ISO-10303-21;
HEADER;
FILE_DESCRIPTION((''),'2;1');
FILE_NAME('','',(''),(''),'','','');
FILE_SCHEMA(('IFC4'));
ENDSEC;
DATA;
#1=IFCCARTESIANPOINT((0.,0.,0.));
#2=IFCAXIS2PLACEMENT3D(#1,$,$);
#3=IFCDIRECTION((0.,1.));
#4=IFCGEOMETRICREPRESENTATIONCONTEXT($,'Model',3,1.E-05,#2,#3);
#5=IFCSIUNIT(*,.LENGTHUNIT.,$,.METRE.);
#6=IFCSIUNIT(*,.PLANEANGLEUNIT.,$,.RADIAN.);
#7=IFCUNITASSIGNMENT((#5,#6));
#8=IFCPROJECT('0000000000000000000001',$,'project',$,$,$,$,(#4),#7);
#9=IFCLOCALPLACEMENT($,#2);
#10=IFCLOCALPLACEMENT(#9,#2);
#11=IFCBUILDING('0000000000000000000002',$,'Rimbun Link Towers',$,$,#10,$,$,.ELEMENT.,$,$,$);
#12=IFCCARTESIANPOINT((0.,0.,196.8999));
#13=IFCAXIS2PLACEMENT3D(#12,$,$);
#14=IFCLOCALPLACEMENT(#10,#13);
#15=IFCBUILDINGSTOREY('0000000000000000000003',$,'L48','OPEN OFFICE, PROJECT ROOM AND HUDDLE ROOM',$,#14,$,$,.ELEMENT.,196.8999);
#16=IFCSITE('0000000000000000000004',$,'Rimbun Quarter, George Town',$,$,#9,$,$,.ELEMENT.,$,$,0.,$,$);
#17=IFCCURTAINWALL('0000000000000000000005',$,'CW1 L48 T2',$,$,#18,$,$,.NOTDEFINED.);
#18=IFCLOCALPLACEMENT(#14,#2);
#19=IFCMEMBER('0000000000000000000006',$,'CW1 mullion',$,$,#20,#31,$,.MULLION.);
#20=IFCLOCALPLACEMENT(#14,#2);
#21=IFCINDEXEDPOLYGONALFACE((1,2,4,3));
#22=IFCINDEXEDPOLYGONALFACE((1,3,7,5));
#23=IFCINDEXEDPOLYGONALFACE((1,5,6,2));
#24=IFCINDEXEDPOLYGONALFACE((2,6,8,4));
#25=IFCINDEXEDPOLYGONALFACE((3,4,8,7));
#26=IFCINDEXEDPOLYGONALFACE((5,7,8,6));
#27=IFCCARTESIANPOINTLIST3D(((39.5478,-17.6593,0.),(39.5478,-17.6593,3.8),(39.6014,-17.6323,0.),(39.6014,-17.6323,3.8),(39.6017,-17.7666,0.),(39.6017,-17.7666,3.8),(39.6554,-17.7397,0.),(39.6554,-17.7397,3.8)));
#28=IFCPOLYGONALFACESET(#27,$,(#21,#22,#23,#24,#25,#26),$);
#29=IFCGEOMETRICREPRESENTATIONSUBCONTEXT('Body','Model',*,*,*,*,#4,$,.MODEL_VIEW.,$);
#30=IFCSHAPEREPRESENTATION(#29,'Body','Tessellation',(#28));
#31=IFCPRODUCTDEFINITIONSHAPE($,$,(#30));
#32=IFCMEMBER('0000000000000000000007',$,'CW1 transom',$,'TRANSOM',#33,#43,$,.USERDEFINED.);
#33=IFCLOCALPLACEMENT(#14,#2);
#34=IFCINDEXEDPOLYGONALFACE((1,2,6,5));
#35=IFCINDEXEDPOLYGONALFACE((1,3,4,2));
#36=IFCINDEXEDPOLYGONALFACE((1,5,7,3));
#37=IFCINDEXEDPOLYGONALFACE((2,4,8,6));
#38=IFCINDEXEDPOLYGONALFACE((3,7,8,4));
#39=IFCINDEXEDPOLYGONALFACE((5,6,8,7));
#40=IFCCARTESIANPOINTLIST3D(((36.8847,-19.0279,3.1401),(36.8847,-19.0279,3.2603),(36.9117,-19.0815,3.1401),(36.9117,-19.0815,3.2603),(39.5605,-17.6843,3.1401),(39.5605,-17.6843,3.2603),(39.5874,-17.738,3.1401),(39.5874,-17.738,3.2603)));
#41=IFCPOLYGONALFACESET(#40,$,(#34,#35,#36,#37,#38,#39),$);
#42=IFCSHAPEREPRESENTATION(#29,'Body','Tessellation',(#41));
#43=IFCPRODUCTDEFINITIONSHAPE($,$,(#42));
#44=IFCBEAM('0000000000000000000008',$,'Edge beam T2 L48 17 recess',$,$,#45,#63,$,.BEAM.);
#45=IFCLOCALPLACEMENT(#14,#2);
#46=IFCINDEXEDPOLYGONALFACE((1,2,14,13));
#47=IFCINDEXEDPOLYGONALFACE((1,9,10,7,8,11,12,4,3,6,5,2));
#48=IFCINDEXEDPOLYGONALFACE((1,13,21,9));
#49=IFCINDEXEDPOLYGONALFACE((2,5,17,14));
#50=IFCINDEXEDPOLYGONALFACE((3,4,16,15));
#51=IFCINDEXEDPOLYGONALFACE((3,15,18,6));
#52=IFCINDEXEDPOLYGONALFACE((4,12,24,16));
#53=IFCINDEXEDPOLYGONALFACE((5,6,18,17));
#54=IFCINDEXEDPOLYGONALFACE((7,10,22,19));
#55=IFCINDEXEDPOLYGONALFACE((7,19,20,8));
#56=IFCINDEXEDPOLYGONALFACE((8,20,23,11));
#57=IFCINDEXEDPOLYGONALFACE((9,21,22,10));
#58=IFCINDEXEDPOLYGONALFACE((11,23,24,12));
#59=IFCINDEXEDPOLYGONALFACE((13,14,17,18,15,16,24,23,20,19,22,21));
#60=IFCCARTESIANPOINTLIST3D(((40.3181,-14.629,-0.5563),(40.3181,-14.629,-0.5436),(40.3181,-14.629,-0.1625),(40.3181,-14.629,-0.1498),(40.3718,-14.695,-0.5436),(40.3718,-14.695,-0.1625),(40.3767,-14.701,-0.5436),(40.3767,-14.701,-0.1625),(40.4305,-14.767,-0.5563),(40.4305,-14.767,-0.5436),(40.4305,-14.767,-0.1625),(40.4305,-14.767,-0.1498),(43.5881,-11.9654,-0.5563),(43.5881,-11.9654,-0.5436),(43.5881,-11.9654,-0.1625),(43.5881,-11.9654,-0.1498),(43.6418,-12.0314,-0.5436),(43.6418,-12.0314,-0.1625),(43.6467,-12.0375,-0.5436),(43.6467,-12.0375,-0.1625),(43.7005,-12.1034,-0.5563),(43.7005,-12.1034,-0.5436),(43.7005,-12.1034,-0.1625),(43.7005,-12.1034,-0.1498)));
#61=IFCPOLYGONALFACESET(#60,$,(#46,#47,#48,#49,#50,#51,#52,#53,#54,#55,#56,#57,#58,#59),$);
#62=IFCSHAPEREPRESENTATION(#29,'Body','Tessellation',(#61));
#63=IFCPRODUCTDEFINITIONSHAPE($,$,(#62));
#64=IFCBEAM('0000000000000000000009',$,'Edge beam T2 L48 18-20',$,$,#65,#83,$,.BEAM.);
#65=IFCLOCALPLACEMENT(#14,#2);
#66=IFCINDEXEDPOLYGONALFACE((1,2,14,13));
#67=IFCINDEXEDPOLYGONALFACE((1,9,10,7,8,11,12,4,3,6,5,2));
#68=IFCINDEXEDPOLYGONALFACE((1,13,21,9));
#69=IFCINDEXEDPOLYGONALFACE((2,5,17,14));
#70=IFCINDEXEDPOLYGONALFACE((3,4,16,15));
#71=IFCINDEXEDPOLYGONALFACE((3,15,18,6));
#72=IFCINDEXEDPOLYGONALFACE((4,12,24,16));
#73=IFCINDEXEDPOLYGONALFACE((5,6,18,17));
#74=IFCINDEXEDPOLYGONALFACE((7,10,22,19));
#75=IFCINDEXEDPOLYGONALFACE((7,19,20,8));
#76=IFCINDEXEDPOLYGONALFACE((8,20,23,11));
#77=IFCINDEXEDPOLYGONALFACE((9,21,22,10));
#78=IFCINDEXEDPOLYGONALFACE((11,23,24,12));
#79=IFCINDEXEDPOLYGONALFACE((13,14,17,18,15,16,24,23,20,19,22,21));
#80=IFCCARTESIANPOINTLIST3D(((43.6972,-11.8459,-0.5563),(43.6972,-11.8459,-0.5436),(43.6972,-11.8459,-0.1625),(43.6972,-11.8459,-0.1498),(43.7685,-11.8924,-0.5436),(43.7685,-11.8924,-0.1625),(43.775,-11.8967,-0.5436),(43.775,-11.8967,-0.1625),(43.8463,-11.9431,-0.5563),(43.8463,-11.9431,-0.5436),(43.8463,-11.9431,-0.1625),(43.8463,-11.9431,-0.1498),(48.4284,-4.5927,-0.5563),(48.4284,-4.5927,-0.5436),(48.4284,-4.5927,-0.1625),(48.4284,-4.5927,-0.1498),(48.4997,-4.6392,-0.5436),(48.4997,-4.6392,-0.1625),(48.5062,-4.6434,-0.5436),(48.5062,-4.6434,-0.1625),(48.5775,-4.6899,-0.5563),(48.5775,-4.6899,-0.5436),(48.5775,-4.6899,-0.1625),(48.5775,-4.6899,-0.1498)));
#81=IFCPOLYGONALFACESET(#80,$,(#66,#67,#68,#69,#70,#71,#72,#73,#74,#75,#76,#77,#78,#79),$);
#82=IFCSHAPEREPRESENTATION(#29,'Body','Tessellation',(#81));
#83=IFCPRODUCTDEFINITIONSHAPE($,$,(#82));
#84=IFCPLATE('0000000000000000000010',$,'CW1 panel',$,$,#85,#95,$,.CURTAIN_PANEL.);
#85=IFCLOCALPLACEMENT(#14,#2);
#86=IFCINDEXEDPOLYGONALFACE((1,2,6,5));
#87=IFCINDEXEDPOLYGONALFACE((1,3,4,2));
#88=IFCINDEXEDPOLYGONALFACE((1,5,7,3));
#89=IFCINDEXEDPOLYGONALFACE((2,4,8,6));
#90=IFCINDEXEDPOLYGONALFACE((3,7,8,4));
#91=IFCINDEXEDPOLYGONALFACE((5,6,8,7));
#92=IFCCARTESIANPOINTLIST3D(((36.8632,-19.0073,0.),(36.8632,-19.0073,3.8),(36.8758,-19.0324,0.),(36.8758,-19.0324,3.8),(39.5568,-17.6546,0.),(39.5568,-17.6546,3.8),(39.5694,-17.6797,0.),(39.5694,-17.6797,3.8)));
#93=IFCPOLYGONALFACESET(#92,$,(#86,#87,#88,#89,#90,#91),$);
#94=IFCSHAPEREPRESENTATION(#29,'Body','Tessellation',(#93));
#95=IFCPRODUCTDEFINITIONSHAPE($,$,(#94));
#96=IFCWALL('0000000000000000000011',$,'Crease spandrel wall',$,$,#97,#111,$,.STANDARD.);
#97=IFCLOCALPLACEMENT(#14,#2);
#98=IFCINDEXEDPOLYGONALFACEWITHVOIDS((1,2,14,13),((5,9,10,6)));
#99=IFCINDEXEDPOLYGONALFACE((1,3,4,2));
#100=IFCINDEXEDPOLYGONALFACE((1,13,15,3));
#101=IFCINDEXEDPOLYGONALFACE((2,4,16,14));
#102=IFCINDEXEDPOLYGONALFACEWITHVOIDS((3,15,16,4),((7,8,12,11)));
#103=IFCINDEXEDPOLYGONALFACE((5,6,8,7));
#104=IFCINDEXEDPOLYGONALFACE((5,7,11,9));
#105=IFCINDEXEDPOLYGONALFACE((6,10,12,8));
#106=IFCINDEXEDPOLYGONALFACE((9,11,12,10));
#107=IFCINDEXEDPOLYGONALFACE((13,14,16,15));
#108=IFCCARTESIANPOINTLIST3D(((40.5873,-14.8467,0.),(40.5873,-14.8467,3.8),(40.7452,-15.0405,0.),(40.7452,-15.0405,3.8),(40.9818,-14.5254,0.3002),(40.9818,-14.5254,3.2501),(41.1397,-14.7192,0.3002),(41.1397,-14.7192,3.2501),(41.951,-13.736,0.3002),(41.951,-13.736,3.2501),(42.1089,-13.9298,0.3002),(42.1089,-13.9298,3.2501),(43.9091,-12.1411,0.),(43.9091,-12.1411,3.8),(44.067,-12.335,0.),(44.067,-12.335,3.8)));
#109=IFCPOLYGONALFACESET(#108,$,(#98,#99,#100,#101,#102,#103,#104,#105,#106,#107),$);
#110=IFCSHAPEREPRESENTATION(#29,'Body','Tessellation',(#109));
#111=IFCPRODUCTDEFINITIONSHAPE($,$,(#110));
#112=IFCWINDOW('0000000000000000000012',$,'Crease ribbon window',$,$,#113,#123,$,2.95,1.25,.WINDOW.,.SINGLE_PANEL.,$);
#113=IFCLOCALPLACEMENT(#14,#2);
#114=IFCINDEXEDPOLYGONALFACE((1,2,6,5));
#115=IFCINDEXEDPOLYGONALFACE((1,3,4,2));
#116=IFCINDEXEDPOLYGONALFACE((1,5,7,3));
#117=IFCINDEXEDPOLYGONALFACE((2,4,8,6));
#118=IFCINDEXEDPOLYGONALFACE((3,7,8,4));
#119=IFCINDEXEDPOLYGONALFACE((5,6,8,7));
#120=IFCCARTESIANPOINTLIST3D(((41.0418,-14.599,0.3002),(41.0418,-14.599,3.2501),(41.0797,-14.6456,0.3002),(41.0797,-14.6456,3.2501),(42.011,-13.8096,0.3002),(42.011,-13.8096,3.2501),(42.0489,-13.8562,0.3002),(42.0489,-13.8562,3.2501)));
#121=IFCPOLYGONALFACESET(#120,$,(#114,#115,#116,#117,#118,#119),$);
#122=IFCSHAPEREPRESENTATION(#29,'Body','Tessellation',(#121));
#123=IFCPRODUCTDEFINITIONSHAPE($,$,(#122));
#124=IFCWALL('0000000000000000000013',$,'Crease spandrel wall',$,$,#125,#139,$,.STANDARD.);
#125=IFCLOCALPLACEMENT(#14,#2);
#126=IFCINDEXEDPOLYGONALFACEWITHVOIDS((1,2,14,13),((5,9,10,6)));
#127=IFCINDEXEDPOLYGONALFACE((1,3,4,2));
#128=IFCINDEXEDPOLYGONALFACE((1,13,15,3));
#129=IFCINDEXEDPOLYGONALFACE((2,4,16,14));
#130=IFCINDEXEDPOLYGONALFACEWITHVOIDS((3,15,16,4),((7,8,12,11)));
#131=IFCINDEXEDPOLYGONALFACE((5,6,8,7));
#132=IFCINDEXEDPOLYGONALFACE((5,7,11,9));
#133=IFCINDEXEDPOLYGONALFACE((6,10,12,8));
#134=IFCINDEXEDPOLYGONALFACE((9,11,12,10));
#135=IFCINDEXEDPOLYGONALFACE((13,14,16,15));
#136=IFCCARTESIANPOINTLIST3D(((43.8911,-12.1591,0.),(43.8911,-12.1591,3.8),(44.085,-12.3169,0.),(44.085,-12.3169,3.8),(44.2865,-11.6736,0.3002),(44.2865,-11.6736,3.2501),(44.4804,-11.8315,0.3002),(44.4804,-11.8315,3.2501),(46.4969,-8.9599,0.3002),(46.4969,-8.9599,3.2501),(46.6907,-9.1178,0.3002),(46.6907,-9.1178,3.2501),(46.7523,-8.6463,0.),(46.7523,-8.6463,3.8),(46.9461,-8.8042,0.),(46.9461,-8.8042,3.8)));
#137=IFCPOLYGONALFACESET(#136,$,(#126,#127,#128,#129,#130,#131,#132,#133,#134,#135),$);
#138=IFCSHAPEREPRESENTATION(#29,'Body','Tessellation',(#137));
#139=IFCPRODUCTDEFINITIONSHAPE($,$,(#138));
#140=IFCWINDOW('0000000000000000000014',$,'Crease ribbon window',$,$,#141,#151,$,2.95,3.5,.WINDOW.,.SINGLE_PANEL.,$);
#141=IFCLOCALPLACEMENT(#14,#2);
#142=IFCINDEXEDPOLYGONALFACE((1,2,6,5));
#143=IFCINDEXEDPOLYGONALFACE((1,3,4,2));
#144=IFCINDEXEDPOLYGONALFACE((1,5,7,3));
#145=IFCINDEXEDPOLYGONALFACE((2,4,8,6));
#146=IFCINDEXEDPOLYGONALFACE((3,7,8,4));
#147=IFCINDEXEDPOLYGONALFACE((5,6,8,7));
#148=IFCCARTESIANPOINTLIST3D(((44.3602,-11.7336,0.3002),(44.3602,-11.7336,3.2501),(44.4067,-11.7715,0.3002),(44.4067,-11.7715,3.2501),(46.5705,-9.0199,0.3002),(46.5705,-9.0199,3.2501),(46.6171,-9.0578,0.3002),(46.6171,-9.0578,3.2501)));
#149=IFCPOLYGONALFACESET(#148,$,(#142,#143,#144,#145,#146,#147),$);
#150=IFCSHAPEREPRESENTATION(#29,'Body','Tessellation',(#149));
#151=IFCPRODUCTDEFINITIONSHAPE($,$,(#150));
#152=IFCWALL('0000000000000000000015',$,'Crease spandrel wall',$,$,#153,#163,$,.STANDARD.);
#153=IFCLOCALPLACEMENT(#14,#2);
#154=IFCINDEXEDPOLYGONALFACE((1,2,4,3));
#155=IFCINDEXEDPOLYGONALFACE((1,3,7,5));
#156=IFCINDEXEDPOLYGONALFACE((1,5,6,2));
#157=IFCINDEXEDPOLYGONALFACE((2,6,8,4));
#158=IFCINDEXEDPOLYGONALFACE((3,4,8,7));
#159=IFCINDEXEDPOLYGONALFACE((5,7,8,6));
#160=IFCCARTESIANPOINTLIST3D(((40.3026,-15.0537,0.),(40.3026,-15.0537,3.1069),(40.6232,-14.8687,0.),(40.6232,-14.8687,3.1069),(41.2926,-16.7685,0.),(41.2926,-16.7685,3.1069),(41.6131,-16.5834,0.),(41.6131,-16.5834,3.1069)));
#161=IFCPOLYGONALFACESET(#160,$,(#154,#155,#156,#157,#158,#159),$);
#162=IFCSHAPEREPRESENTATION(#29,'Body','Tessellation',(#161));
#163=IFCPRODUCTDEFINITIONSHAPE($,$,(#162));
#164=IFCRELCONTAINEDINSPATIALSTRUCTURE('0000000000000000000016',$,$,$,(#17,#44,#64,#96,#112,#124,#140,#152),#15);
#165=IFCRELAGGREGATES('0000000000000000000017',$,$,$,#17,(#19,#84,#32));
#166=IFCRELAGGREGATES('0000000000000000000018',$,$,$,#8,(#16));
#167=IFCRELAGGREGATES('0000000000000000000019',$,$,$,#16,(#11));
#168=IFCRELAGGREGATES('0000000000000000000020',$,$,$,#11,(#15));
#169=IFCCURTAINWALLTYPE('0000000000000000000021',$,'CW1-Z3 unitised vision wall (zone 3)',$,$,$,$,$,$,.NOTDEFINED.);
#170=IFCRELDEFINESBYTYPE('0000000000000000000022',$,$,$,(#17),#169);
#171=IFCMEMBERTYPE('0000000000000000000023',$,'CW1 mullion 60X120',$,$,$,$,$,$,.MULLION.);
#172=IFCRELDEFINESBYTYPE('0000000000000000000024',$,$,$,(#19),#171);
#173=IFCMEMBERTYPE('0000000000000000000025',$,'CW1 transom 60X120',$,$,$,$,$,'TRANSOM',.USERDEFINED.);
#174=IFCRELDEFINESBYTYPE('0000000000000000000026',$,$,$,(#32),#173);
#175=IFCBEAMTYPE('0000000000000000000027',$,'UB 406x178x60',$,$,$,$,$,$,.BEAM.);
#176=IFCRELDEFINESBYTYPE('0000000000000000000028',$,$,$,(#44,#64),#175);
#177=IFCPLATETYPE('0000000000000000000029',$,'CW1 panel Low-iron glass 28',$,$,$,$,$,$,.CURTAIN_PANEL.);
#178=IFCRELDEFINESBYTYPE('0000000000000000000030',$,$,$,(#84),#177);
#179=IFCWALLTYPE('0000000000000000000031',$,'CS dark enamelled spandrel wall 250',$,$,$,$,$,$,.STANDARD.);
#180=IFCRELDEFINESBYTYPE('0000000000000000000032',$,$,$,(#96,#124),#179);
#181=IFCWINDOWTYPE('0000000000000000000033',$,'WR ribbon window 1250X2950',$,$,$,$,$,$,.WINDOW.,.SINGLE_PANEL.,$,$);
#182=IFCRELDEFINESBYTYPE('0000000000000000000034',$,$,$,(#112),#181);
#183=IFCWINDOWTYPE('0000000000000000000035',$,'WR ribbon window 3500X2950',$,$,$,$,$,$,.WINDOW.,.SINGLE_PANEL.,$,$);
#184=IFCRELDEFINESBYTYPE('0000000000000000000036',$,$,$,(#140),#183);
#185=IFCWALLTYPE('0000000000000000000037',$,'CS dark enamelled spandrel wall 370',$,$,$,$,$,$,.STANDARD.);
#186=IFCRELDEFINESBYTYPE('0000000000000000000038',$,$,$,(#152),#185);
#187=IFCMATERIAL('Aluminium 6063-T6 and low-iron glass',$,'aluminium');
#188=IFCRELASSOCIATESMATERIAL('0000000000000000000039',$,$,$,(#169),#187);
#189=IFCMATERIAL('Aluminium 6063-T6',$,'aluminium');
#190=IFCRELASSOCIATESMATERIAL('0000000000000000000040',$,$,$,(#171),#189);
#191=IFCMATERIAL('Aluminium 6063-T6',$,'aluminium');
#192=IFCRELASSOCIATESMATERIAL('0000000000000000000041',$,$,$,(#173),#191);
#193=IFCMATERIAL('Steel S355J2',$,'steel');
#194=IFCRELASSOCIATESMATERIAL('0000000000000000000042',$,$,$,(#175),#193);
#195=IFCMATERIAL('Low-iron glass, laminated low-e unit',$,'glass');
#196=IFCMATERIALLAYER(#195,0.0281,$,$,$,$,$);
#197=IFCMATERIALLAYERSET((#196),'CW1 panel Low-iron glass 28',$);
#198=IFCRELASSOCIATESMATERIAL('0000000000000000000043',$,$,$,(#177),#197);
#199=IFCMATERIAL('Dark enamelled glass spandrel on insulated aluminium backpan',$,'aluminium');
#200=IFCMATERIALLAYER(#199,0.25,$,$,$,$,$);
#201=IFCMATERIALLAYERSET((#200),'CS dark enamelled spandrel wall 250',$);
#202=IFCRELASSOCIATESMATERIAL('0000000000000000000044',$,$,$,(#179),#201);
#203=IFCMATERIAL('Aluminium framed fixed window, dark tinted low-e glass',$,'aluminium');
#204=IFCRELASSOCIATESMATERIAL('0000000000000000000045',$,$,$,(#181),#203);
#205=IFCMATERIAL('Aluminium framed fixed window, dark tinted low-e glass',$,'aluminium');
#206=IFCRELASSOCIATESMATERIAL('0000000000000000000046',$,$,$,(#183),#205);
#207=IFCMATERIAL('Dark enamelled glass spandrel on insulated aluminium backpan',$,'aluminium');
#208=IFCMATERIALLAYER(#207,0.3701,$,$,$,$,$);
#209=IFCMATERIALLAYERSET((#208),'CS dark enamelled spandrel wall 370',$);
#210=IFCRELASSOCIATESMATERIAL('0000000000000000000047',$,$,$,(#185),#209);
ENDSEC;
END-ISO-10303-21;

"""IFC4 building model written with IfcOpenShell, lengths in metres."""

from ifc_helpers import new_model, si_unit, direction, frame, frame_2d, origin, origin_2d, place, context, subcontext, project, spatial, rectangle, i_section, extrude, material, layer, layer_set, material_profile, profile_set, type_object, element, fill, aggregate, save


model = new_model("IFC4")

# Units and contexts
model_context = context("Model", 3, precision=1e-05, world=origin(), true_north=direction((0.0, 1.0)))
body_context = subcontext(model_context, "Body", "Model", "MODEL_VIEW")
ifc_project = project(units=[si_unit("LENGTHUNIT", "METRE"), si_unit("PLANEANGLEUNIT", "RADIAN")], contexts=[model_context])

# Site, building, storey
site_placement = place(None, origin())
site = spatial("IfcSite", under=ifc_project, at=site_placement, Name="Rimbun Quarter, George Town", CompositionType="ELEMENT", RefElevation=0.0)
building_placement = place(site_placement, origin())
building = spatial("IfcBuilding", under=site, at=building_placement, Name="Rimbun Link Towers", CompositionType="ELEMENT")
storey_placement = place(building_placement, frame((0.0, 0.0, 196.8999)))
storey = spatial("IfcBuildingStorey", under=building, at=storey_placement, Name="L48", Description="OPEN OFFICE, PROJECT ROOM AND HUDDLE ROOM", CompositionType="ELEMENT", Elevation=196.8999)

# Curtain wall, members
ifc_material_1 = material(Name="Aluminium 6063-T6 and low-iron glass", Category="aluminium")
curtain_wall_type = type_object("IfcCurtainWallType", Name="CW1-Z3 unitised vision wall (zone 3)", PredefinedType="NOTDEFINED", material=ifc_material_1)
curtain_wall_placement = place(storey_placement, origin())
curtain_wall = element("IfcCurtainWall", 1, at=curtain_wall_placement, inside=storey, type_object=curtain_wall_type, Name="CW1 L48 T2", PredefinedType="NOTDEFINED")
ifc_material_2 = material(Name="Aluminium 6063-T6", Category="aluminium")
ifc_material_profile_1 = material_profile(ifc_material_2, rectangle(XDim=0.1201, YDim=0.0601, at=origin_2d()), Name="MULLION 60X120")
ifc_profile_set_1 = profile_set([ifc_material_profile_1], Name="Aluminium 6063-T6")
member_type_1 = type_object("IfcMemberType", Name="CW1 mullion 60X120", PredefinedType="MULLION", material=ifc_profile_set_1)
member_1_placement = place(storey_placement, frame((39.6016, -17.6995, 0.0), z_axis=(0.0, 0.0, 1.0), x_axis=(0.448772, -0.893646, 0.0)))
member_1 = element("IfcMember", 2, at=member_1_placement, type_object=member_type_1, Name="CW1 mullion", PredefinedType="MULLION", context=body_context, shape_type="SweptSolid", body=[
    extrude(rectangle(XDim=0.1201, YDim=0.0601, at=origin_2d()), origin(), (0.0, 0.0, 1.0), 3.8),
])
ifc_material_3 = material(Name="Aluminium 6063-T6", Category="aluminium")
ifc_material_profile_2 = material_profile(ifc_material_3, rectangle(XDim=0.0601, YDim=0.1201, at=origin_2d()), Name="TRANSOM 60X120")
ifc_profile_set_2 = profile_set([ifc_material_profile_2], Name="Aluminium 6063-T6")
member_type_2 = type_object("IfcMemberType", Name="CW1 transom 60X120", ElementType="TRANSOM", PredefinedType="USERDEFINED", material=ifc_profile_set_2)
member_2_placement = place(storey_placement, frame((39.574, -17.7112, 3.2002), z_axis=(-0.893676, -0.448713, 0.0), x_axis=(0.448713, -0.893676, 0.0)))
member_2 = element("IfcMember", 3, at=member_2_placement, type_object=member_type_2, Name="CW1 transom", ObjectType="TRANSOM", PredefinedType="USERDEFINED", context=body_context, shape_type="SweptSolid", body=[
    extrude(rectangle(XDim=0.0601, YDim=0.1201, at=origin_2d()), origin(), (0.0, 0.0, 1.0), 2.9941),
])

# Beams
ifc_material_4 = material(Name="Steel S355J2", Category="steel")
ifc_material_profile_3 = material_profile(ifc_material_4, i_section(OverallWidth=0.178, OverallDepth=0.4065, WebThickness=0.0078, FlangeThickness=0.0127, at=origin_2d()), Name="UB 406x178x60")
ifc_profile_set_3 = profile_set([ifc_material_profile_3], Name="Steel S355J2")
beam_type = type_object("IfcBeamType", Name="UB 406x178x60", PredefinedType="BEAM", material=ifc_profile_set_3)
beam_1_placement = place(storey_placement, frame((40.3743, -14.698, -0.353), z_axis=(0.775338, 0.631547, 0.0), x_axis=(-0.631547, 0.775338, 0.0)))
element("IfcBeam", 4, at=beam_1_placement, inside=storey, type_object=beam_type, Name="Edge beam T2 L48 17 recess", PredefinedType="BEAM", context=body_context, shape_type="SweptSolid", body=[
    extrude(i_section(OverallWidth=0.178, OverallDepth=0.4065, WebThickness=0.0078, FlangeThickness=0.0127, at=origin_2d()), origin(), (0.0, 0.0, 1.0), 4.2175),
])
beam_2_placement = place(storey_placement, frame((43.7717, -11.8945, -0.353), z_axis=(0.546338, 0.837565, 0.0), x_axis=(-0.837565, 0.546338, 0.0)))
element("IfcBeam", 5, at=beam_2_placement, inside=storey, type_object=beam_type, Name="Edge beam T2 L48 18-20", PredefinedType="BEAM", context=body_context, shape_type="SweptSolid", body=[
    extrude(i_section(OverallWidth=0.178, OverallDepth=0.4065, WebThickness=0.0078, FlangeThickness=0.0127, at=origin_2d()), origin(), (0.0, 0.0, 1.0), 8.6599),
])

# Plate
ifc_material_5 = material(Name="Low-iron glass, laminated low-e unit", Category="glass")
ifc_layer_1 = layer(ifc_material_5, 0.0281)
ifc_layer_set_1 = layer_set([ifc_layer_1], Name="CW1 panel Low-iron glass 28")
plate_type = type_object("IfcPlateType", Name="CW1 panel Low-iron glass 28", PredefinedType="CURTAIN_PANEL", material=ifc_layer_set_1)
plate_placement = place(storey_placement, frame((38.2163, -18.3435, 0.0), z_axis=(0.0, 0.0, 1.0), x_axis=(-0.893646, -0.448772, 0.0)))
plate = element("IfcPlate", 6, at=plate_placement, type_object=plate_type, Name="CW1 panel", PredefinedType="CURTAIN_PANEL", context=body_context, shape_type="SweptSolid", body=[
    extrude(rectangle(XDim=3.0142, YDim=0.0281, at=origin_2d()), origin(), (0.0, 0.0, 1.0), 3.8),
])
aggregate(curtain_wall, [member_1, plate, member_2])

# Walls, openings, windows
ifc_material_6 = material(Name="Dark enamelled glass spandrel on insulated aluminium backpan", Category="aluminium")
ifc_layer_2 = layer(ifc_material_6, 0.25)
ifc_layer_set_2 = layer_set([ifc_layer_2], Name="CS dark enamelled spandrel wall 250")
wall_type_1 = type_object("IfcWallType", Name="CS dark enamelled spandrel wall 250", PredefinedType="STANDARD", material=ifc_layer_set_2)
wall_1_placement = place(storey_placement, frame((43.988, -12.238, 0.0), z_axis=(0.0, 0.0, 1.0), x_axis=(-0.775357, -0.631523, 0.0)))
wall_1 = element("IfcWall", 7, at=wall_1_placement, inside=storey, type_object=wall_type_1, Name="Crease spandrel wall", PredefinedType="STANDARD", context=body_context, shape_type="SweptSolid", body=[
    extrude(rectangle(XDim=4.2842, YDim=0.25, at=frame_2d((2.1421, 0.0))), origin(), (0.0, 0.0, 1.0), 3.8),
])
opening_1_placement = place(wall_1_placement, frame((2.5254, 0.0, 0.3)))
opening_1 = element("IfcOpeningElement", 8, at=opening_1_placement, cuts=wall_1, PredefinedType="OPENING", context=body_context, shape_type="SweptSolid", body=[
    extrude(rectangle(XDim=1.25, YDim=2.95, at=frame_2d((0.625, 1.4751))), frame((0.0, 0.135, 0.0), z_axis=(0.0, -1.0, 0.0), x_axis=(1.0, 0.0, 0.0)), (0.0, 0.0, 1.0), 0.27),
])
ifc_material_7 = material(Name="Aluminium framed fixed window, dark tinted low-e glass", Category="aluminium")
window_type_1 = type_object("IfcWindowType", Name="WR ribbon window 1250X2950", PartitioningType="SINGLE_PANEL", PredefinedType="WINDOW", material=ifc_material_7)
window_1_placement = place(opening_1_placement, origin())
window_1 = element("IfcWindow", 9, at=window_1_placement, inside=storey, type_object=window_type_1, Name="Crease ribbon window", OverallHeight=2.95, OverallWidth=1.25, PartitioningType="SINGLE_PANEL", PredefinedType="WINDOW", context=body_context, shape_type="SweptSolid", body=[
    extrude(rectangle(XDim=1.25, YDim=2.95, at=frame_2d((0.625, 1.4751))), frame((0.0, 0.03, 0.0), z_axis=(0.0, -1.0, 0.0), x_axis=(1.0, 0.0, 0.0)), (0.0, 0.0, 1.0), 0.0601),
])
fill(opening_1, window_1)
wall_2_placement = place(storey_placement, frame((46.8491, -8.7253, 0.0), z_axis=(0.0, 0.0, 1.0), x_axis=(-0.631525, -0.775355, 0.0)))
wall_2 = element("IfcWall", 10, at=wall_2_placement, inside=storey, type_object=wall_type_1, Name="Crease spandrel wall", PredefinedType="STANDARD", context=body_context, shape_type="SweptSolid", body=[
    extrude(rectangle(XDim=4.5305, YDim=0.25, at=frame_2d((2.2651, 0.0))), origin(), (0.0, 0.0, 1.0), 3.8),
])
opening_2_placement = place(wall_2_placement, frame((0.4043, 0.0, 0.3)))
opening_2 = element("IfcOpeningElement", 11, at=opening_2_placement, cuts=wall_2, PredefinedType="OPENING", context=body_context, shape_type="SweptSolid", body=[
    extrude(rectangle(XDim=3.5, YDim=2.95, at=frame_2d((1.75, 1.4751))), frame((0.0, 0.135, 0.0), z_axis=(0.0, -1.0, 0.0), x_axis=(1.0, 0.0, 0.0)), (0.0, 0.0, 1.0), 0.27),
])
ifc_material_8 = material(Name="Aluminium framed fixed window, dark tinted low-e glass", Category="aluminium")
window_type_2 = type_object("IfcWindowType", Name="WR ribbon window 3500X2950", PartitioningType="SINGLE_PANEL", PredefinedType="WINDOW", material=ifc_material_8)
window_2_placement = place(opening_2_placement, origin())
window_2 = element("IfcWindow", 12, at=window_2_placement, inside=storey, type_object=window_type_2, Name="Crease ribbon window", OverallHeight=2.95, OverallWidth=3.5, PartitioningType="SINGLE_PANEL", PredefinedType="WINDOW", context=body_context, shape_type="SweptSolid", body=[
    extrude(rectangle(XDim=3.5, YDim=2.95, at=frame_2d((1.75, 1.4751))), frame((0.0, 0.03, 0.0), z_axis=(0.0, -1.0, 0.0), x_axis=(1.0, 0.0, 0.0)), (0.0, 0.0, 1.0), 0.0601),
])
fill(opening_2, window_2)

# Wall
ifc_material_9 = material(Name="Dark enamelled glass spandrel on insulated aluminium backpan", Category="aluminium")
ifc_layer_3 = layer(ifc_material_9, 0.3701)
ifc_layer_set_3 = layer_set([ifc_layer_3], Name="CS dark enamelled spandrel wall 370")
wall_type_2 = type_object("IfcWallType", Name="CS dark enamelled spandrel wall 370", PredefinedType="STANDARD", material=ifc_layer_set_3)
wall_3_placement = place(storey_placement, frame((40.4629, -14.9612, 0.0), z_axis=(0.0, 0.0, 1.0), x_axis=(0.499971, -0.866042, 0.0)))
element("IfcWall", 13, at=wall_3_placement, inside=storey, type_object=wall_type_2, Name="Crease spandrel wall", PredefinedType="STANDARD", context=body_context, shape_type="SweptSolid", body=[
    extrude(rectangle(XDim=1.98, YDim=0.3701, at=frame_2d((0.99, 0.0))), origin(), (0.0, 0.0, 1.0), 3.1069),
])

save(model, "model.ifc")
